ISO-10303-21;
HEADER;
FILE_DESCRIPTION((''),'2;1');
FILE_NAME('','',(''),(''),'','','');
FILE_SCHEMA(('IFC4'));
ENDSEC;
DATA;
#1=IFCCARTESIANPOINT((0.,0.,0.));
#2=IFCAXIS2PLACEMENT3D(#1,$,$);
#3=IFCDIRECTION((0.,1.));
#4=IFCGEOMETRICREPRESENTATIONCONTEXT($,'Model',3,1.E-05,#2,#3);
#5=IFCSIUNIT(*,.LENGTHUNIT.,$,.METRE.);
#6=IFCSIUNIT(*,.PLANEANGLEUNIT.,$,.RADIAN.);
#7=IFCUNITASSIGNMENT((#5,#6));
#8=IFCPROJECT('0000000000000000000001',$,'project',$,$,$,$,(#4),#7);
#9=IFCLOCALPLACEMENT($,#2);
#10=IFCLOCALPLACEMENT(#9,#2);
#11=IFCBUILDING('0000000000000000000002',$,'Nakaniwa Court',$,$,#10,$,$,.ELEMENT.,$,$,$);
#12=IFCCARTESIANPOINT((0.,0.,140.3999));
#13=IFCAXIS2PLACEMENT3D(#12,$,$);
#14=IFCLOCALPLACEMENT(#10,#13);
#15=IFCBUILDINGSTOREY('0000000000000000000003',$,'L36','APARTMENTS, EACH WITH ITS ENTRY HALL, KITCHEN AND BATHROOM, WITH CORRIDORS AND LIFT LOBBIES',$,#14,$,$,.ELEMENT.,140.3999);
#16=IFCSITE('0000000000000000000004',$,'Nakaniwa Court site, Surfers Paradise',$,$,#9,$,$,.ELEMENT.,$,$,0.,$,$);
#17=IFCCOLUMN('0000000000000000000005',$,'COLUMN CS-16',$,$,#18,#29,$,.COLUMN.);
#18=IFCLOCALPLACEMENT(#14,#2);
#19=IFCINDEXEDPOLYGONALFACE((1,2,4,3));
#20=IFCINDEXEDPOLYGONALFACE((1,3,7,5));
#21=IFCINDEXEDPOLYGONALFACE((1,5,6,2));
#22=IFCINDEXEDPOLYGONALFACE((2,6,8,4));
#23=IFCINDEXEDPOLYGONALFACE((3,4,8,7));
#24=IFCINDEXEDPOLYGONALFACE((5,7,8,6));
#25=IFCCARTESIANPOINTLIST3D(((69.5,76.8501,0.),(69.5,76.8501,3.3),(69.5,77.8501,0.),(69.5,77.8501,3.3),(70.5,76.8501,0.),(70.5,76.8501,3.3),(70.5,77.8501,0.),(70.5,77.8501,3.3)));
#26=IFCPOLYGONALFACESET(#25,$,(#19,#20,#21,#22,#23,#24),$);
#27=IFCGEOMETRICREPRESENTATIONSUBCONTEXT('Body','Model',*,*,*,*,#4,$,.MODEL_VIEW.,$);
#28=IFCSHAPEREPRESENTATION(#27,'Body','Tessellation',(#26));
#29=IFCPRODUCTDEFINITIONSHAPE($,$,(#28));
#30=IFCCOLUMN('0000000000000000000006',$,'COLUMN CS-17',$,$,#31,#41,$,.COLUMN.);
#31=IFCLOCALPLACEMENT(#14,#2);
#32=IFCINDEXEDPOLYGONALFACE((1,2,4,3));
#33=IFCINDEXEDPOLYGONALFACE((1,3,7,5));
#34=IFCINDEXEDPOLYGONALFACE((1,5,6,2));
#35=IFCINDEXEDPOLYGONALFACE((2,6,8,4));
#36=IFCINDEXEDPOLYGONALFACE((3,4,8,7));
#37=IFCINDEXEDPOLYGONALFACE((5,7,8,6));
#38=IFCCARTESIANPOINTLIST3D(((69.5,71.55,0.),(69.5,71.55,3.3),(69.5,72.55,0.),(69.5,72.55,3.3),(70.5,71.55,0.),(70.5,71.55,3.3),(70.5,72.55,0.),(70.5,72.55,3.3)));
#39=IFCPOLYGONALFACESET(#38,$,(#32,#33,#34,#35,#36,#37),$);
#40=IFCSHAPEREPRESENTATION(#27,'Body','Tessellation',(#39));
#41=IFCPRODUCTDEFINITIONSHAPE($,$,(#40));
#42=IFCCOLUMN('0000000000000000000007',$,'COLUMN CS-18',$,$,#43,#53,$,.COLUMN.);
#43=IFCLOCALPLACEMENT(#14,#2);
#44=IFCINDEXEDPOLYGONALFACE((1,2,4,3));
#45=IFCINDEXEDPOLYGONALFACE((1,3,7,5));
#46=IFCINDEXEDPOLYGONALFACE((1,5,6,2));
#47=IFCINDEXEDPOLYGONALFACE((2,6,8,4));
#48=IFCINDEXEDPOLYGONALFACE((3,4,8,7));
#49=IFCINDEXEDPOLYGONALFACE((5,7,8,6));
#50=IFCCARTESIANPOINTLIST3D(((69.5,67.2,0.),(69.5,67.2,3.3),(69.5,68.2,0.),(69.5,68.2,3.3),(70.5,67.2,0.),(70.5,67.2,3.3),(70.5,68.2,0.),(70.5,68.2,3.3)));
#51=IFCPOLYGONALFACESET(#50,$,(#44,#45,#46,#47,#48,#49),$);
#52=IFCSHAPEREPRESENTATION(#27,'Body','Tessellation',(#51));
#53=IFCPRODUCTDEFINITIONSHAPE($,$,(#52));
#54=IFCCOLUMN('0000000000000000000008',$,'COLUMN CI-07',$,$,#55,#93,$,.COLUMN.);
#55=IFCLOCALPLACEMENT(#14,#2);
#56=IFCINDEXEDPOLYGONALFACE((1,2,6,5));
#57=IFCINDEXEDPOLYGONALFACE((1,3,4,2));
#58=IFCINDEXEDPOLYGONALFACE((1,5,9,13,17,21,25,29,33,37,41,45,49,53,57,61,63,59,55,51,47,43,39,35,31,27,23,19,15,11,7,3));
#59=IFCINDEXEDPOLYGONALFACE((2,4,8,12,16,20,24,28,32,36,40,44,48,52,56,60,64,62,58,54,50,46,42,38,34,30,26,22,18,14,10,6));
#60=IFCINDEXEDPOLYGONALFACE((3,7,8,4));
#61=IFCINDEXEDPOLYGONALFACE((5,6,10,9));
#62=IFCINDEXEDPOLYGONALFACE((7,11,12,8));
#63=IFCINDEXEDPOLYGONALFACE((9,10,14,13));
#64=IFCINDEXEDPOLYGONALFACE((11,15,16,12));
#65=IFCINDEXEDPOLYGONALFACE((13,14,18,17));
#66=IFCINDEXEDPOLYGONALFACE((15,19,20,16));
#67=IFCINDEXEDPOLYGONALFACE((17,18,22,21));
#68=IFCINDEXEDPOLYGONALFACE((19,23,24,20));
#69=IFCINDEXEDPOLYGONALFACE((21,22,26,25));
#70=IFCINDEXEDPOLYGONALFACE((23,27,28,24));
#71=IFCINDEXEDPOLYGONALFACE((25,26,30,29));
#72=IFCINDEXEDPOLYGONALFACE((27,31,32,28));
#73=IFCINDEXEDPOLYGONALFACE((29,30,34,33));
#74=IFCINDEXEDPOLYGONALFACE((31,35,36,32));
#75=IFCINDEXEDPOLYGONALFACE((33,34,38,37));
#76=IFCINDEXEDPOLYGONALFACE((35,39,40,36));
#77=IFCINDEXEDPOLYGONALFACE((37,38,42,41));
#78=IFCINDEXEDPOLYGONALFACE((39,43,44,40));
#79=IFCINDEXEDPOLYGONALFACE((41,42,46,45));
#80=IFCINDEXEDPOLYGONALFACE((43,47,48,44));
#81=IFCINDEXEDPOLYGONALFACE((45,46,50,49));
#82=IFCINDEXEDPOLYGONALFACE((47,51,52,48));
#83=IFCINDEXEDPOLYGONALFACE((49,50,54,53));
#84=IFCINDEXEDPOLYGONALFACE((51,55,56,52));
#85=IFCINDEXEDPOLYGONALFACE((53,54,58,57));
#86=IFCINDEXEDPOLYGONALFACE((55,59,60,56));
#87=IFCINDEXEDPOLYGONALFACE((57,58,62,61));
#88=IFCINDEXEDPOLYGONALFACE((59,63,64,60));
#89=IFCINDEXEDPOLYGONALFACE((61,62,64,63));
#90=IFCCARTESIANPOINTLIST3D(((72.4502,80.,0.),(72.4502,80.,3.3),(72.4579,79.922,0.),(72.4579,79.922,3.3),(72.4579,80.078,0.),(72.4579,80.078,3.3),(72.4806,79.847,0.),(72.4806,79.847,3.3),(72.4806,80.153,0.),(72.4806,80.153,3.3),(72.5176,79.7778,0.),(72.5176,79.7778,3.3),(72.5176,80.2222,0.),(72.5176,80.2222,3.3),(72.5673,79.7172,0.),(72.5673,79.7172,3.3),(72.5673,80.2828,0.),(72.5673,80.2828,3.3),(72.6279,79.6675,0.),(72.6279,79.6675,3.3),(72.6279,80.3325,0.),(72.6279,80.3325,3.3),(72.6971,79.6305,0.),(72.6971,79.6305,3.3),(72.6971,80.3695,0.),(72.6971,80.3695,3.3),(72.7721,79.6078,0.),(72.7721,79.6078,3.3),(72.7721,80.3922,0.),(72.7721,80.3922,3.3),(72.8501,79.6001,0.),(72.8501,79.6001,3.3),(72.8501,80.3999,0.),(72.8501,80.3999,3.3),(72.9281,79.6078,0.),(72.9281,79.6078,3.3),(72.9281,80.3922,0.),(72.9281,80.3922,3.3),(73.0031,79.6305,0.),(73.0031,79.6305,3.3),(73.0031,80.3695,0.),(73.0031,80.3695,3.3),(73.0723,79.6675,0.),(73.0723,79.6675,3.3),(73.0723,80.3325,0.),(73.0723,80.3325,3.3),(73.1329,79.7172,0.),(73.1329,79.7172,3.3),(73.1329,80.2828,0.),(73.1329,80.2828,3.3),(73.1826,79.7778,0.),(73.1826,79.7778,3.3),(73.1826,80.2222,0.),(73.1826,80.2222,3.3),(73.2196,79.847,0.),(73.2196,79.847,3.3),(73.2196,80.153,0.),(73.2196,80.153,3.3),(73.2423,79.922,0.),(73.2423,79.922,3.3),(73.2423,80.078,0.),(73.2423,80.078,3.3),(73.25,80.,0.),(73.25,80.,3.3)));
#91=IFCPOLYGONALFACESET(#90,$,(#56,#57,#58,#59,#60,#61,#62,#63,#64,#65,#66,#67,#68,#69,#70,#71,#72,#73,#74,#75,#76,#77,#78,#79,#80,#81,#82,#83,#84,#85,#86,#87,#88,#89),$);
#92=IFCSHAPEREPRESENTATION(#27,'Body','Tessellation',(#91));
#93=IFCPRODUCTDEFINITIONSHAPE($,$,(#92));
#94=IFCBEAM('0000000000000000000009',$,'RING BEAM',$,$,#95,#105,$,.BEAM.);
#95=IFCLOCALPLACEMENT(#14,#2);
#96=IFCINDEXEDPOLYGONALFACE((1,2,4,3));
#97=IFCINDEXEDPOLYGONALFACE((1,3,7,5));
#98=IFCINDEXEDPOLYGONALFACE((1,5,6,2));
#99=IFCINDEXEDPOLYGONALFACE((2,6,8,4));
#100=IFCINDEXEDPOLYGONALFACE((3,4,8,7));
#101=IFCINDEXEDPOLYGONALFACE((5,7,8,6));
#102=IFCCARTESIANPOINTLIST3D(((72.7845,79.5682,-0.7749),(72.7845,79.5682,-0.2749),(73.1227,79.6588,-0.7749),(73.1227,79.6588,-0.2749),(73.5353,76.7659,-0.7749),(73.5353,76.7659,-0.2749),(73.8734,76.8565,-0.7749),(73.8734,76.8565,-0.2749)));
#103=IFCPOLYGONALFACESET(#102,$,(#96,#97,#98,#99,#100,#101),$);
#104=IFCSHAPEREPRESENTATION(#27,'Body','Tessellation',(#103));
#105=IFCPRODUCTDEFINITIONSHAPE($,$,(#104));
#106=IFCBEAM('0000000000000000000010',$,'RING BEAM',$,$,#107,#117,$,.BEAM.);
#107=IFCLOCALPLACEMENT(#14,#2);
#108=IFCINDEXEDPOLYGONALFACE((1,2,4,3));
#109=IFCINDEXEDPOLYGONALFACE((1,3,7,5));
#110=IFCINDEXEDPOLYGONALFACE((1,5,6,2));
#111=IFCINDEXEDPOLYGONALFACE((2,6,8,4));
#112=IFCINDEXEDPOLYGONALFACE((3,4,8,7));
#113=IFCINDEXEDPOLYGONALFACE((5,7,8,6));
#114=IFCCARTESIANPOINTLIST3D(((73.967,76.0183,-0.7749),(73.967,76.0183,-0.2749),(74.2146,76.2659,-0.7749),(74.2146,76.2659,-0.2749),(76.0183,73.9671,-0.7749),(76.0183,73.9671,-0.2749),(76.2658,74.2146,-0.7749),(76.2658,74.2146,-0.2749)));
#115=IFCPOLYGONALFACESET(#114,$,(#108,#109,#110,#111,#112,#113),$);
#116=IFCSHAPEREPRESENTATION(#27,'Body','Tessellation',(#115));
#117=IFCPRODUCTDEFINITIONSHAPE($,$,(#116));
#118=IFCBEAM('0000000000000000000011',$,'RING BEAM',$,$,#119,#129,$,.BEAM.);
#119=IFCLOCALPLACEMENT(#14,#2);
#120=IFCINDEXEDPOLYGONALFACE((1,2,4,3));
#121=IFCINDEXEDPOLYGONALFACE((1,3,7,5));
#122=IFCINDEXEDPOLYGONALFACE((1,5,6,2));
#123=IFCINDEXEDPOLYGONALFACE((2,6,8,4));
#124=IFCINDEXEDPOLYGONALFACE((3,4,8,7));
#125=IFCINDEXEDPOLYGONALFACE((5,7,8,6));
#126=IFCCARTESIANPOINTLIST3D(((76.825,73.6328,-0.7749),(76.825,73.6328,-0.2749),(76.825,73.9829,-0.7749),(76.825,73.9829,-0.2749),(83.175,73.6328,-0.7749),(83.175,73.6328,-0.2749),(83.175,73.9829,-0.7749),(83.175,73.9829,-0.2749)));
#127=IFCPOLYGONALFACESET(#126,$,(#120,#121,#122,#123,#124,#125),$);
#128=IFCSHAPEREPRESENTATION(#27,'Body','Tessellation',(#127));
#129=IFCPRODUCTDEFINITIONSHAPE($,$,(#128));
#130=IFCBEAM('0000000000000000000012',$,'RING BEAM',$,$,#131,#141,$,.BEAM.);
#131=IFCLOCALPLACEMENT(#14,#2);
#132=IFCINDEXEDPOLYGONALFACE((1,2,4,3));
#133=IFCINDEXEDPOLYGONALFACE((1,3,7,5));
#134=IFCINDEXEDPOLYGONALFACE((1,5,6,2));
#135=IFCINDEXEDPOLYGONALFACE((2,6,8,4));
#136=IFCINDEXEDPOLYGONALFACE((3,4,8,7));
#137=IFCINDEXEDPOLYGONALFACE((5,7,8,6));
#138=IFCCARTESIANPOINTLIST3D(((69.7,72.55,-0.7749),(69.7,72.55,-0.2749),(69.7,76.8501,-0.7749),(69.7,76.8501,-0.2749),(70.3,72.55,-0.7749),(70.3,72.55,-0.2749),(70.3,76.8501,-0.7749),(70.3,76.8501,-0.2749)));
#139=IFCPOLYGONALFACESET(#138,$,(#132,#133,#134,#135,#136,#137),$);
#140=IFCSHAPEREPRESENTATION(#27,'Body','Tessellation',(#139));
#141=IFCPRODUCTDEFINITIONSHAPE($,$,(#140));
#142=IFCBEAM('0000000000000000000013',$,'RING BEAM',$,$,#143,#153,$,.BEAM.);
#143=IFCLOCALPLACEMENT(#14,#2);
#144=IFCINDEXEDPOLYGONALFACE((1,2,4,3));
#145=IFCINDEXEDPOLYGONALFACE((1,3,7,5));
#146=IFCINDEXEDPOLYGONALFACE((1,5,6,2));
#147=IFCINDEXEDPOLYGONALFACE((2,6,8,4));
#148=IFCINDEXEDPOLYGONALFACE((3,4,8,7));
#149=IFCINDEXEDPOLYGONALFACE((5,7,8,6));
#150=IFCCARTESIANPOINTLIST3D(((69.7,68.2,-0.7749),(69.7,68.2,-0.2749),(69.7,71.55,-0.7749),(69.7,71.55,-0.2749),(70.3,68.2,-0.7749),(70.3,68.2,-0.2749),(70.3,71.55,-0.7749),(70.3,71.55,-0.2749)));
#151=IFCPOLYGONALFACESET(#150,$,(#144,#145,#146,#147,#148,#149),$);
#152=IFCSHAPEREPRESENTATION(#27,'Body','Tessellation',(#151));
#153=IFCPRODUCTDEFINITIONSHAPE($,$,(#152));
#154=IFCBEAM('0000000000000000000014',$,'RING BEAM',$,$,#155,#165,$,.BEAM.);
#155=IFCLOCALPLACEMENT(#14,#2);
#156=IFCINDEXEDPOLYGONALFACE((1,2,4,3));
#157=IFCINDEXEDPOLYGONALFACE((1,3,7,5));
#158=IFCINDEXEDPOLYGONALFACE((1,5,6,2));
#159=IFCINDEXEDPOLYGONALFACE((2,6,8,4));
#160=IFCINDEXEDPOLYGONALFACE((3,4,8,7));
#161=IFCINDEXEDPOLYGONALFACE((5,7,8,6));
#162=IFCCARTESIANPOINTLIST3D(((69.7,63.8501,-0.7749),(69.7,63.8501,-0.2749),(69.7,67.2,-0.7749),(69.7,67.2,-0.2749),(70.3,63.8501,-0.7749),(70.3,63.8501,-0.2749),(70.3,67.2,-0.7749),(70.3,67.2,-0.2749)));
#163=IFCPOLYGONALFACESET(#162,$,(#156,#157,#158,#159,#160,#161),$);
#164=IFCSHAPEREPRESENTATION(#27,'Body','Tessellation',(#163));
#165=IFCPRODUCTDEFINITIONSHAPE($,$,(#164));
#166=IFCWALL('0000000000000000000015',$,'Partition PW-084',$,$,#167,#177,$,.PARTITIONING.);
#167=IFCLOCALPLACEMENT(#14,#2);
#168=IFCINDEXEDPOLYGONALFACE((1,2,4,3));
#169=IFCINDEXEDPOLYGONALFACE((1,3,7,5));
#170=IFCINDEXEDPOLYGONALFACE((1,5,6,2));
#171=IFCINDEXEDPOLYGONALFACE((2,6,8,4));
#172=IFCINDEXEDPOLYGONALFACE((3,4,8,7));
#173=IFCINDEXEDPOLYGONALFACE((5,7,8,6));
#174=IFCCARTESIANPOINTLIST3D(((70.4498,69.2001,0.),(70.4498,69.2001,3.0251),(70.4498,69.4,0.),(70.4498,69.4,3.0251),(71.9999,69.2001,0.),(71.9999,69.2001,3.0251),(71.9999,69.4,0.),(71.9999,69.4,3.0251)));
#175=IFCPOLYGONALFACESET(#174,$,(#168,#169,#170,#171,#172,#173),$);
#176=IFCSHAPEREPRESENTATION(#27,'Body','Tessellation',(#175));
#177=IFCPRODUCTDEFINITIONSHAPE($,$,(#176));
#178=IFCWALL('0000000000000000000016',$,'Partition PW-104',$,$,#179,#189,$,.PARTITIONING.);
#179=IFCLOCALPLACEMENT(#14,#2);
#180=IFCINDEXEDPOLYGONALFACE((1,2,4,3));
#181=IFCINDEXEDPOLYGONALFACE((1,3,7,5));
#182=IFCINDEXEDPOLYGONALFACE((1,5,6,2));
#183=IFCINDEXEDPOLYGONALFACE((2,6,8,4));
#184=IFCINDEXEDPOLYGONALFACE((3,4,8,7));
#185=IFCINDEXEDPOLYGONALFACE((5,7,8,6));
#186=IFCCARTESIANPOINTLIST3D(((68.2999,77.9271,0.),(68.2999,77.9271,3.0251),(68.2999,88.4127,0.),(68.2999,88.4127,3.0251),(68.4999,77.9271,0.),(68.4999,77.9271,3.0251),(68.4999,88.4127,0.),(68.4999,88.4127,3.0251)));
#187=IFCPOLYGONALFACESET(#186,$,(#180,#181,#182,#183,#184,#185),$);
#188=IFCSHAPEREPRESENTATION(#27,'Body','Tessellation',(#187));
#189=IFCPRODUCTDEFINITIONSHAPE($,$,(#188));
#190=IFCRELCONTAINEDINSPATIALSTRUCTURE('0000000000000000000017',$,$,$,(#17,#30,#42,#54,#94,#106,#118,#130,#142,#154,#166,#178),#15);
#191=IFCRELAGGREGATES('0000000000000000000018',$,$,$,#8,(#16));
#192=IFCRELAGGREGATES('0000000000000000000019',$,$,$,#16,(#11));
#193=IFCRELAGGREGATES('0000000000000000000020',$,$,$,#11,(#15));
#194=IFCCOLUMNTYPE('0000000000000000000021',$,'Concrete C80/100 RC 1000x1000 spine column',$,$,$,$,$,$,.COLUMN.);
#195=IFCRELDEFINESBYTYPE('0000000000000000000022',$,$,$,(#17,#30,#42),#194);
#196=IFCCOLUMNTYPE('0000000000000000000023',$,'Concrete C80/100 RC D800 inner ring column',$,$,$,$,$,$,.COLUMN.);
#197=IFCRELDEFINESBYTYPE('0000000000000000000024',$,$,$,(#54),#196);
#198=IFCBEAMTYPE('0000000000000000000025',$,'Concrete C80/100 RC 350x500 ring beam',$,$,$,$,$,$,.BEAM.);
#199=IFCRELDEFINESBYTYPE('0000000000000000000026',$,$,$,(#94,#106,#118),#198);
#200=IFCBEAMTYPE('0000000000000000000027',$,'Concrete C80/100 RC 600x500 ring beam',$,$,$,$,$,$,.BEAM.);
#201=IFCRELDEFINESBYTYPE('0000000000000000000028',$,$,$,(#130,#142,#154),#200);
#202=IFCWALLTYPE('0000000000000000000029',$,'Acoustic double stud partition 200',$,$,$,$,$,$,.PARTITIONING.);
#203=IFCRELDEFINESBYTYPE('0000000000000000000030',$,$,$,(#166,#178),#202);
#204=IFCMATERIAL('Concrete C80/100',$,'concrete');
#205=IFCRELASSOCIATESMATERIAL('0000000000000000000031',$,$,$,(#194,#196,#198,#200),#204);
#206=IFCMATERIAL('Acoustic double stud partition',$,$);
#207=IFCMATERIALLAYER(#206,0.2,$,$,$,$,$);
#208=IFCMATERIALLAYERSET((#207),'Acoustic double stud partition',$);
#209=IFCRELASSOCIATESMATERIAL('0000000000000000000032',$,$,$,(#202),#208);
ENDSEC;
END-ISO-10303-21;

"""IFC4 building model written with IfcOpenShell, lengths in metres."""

from ifc_helpers import new_model, si_unit, direction, frame, frame_2d, origin, origin_2d, place, context, subcontext, project, spatial, rectangle, circle, extrude, material, layer, layer_set, material_profile, profile_set, type_object, element, save


model = new_model("IFC4")

# Units and contexts
model_context = context("Model", 3, precision=1e-05, world=origin(), true_north=direction((0.0, 1.0)))
body_context = subcontext(model_context, "Body", "Model", "MODEL_VIEW")
ifc_project = project(units=[si_unit("LENGTHUNIT", "METRE"), si_unit("PLANEANGLEUNIT", "RADIAN")], contexts=[model_context])

# Site, building, storey
site_placement = place(None, origin())
site = spatial("IfcSite", under=ifc_project, at=site_placement, Name="Nakaniwa Court site, Surfers Paradise", CompositionType="ELEMENT", RefElevation=0.0)
building_placement = place(site_placement, origin())
building = spatial("IfcBuilding", under=site, at=building_placement, Name="Nakaniwa Court", CompositionType="ELEMENT")
storey_placement = place(building_placement, frame((0.0, 0.0, 140.3999)))
storey = spatial("IfcBuildingStorey", under=building, at=storey_placement, Name="L36", Description="APARTMENTS, EACH WITH ITS ENTRY HALL, KITCHEN AND BATHROOM, WITH CORRIDORS AND LIFT LOBBIES", CompositionType="ELEMENT", Elevation=140.3999)

# Columns
ifc_material_1 = material(Name="Concrete C80/100", Category="concrete")
ifc_material_profile_1 = material_profile(ifc_material_1, rectangle(XDim=1.0, YDim=1.0, at=origin_2d()), Name="Concrete C80/100 RC 1000x1000 spine column")
ifc_profile_set_1 = profile_set([ifc_material_profile_1], Name="Concrete C80/100")
column_type_1 = type_object("IfcColumnType", Name="Concrete C80/100 RC 1000x1000 spine column", PredefinedType="COLUMN", material=ifc_profile_set_1)
for number, where, z_axis, x_axis, name in (
    (1, (70.0, 77.3501, 0.0), (0.0, 0.0, 1.0), (0.0, -1.0, 0.0), "COLUMN CS-16"),
    (2, (70.0, 72.05, 0.0), (0.0, 0.0, 1.0), (0.0, -1.0, 0.0), "COLUMN CS-17"),
    (3, (70.0, 67.7, 0.0), (0.0, 0.0, 1.0), (0.0, -1.0, 0.0), "COLUMN CS-18"),
):
    element("IfcColumn", number, at=place(storey_placement, frame(where, z_axis=z_axis, x_axis=x_axis)), inside=storey, type_object=column_type_1, Name=name, PredefinedType="COLUMN", context=body_context, shape_type="SweptSolid", body=[
        extrude(rectangle(XDim=1.0, YDim=1.0, at=origin_2d()), origin(), (0.0, 0.0, 1.0), 3.3),
    ])
ifc_material_profile_2 = material_profile(ifc_material_1, circle(Radius=0.3999, at=origin_2d()), Name="Concrete C80/100 RC D800 inner ring column")
ifc_profile_set_2 = profile_set([ifc_material_profile_2], Name="Concrete C80/100")
column_type_2 = type_object("IfcColumnType", Name="Concrete C80/100 RC D800 inner ring column", PredefinedType="COLUMN", material=ifc_profile_set_2)
for number, where, z_axis, x_axis, name in (
    (4, (72.8501, 80.0, 0.0), (0.0, 0.0, 1.0), (0.0, -1.0, 0.0), "COLUMN CI-07"),
):
    element("IfcColumn", number, at=place(storey_placement, frame(where, z_axis=z_axis, x_axis=x_axis)), inside=storey, type_object=column_type_2, Name=name, PredefinedType="COLUMN", context=body_context, shape_type="SweptSolid", body=[
        extrude(circle(Radius=0.3999, at=origin_2d()), origin(), (0.0, 0.0, 1.0), 3.3),
    ])

# Beams
ifc_material_profile_3 = material_profile(ifc_material_1, rectangle(XDim=0.3501, YDim=0.5, at=origin_2d()), Name="Concrete C80/100 RC 350x500 ring beam")
ifc_profile_set_3 = profile_set([ifc_material_profile_3], Name="Concrete C80/100")
beam_type_1 = type_object("IfcBeamType", Name="Concrete C80/100 RC 350x500 ring beam", PredefinedType="BEAM", material=ifc_profile_set_3)
beam_1_placement = place(storey_placement, frame((72.9536, 79.6135, -0.5249), z_axis=(0.258778, -0.965937, 0.0), x_axis=(0.965937, 0.258778, 0.0)))
element("IfcBeam", 5, at=beam_1_placement, inside=storey, type_object=beam_type_1, Name="RING BEAM", PredefinedType="BEAM", context=body_context, shape_type="SweptSolid", body=[
    extrude(rectangle(XDim=0.3501, YDim=0.5, at=origin_2d()), origin(), (0.0, 0.0, 1.0), 2.9011),
])
beam_2_placement = place(storey_placement, frame((74.0908, 76.1421, -0.5249), z_axis=(0.707107, -0.707107, 0.0), x_axis=(0.707107, 0.707107, 0.0)))
element("IfcBeam", 6, at=beam_2_placement, inside=storey, type_object=beam_type_1, Name="RING BEAM", PredefinedType="BEAM", context=body_context, shape_type="SweptSolid", body=[
    extrude(rectangle(XDim=0.3501, YDim=0.5, at=origin_2d()), origin(), (0.0, 0.0, 1.0), 2.9009),
])
beam_3_placement = place(storey_placement, frame((76.825, 73.8079, -0.5249), z_axis=(1.0, 0.0, 0.0), x_axis=(0.0, 1.0, 0.0)))
element("IfcBeam", 7, at=beam_3_placement, inside=storey, type_object=beam_type_1, Name="RING BEAM", PredefinedType="BEAM", context=body_context, shape_type="SweptSolid", body=[
    extrude(rectangle(XDim=0.3501, YDim=0.5, at=origin_2d()), origin(), (0.0, 0.0, 1.0), 6.3501),
])
ifc_material_profile_4 = material_profile(ifc_material_1, rectangle(XDim=0.6001, YDim=0.5, at=origin_2d()), Name="Concrete C80/100 RC 600x500 ring beam")
ifc_profile_set_4 = profile_set([ifc_material_profile_4], Name="Concrete C80/100")
beam_type_2 = type_object("IfcBeamType", Name="Concrete C80/100 RC 600x500 ring beam", PredefinedType="BEAM", material=ifc_profile_set_4)
beam_4_placement = place(storey_placement, frame((70.0, 76.8501, -0.5249), z_axis=(0.0, -1.0, 0.0), x_axis=(1.0, 0.0, 0.0)))
element("IfcBeam", 8, at=beam_4_placement, inside=storey, type_object=beam_type_2, Name="RING BEAM", PredefinedType="BEAM", context=body_context, shape_type="SweptSolid", body=[
    extrude(rectangle(XDim=0.6001, YDim=0.5, at=origin_2d()), origin(), (0.0, 0.0, 1.0), 4.3),
])
beam_5_placement = place(storey_placement, frame((70.0, 71.55, -0.5249), z_axis=(0.0, -1.0, 0.0), x_axis=(1.0, 0.0, 0.0)))
element("IfcBeam", 9, at=beam_5_placement, inside=storey, type_object=beam_type_2, Name="RING BEAM", PredefinedType="BEAM", context=body_context, shape_type="SweptSolid", body=[
    extrude(rectangle(XDim=0.6001, YDim=0.5, at=origin_2d()), origin(), (0.0, 0.0, 1.0), 3.3501),
])
beam_6_placement = place(storey_placement, frame((70.0, 67.2, -0.5249), z_axis=(0.0, -1.0, 0.0), x_axis=(1.0, 0.0, 0.0)))
element("IfcBeam", 10, at=beam_6_placement, inside=storey, type_object=beam_type_2, Name="RING BEAM", PredefinedType="BEAM", context=body_context, shape_type="SweptSolid", body=[
    extrude(rectangle(XDim=0.6001, YDim=0.5, at=origin_2d()), origin(), (0.0, 0.0, 1.0), 3.3499),
])

# Walls
ifc_material_2 = material(Name="Acoustic double stud partition")
ifc_layer_1 = layer(ifc_material_2, 0.2)
ifc_layer_set_1 = layer_set([ifc_layer_1], Name="Acoustic double stud partition")
wall_type_1 = type_object("IfcWallType", Name="Acoustic double stud partition 200", PredefinedType="PARTITIONING", material=ifc_layer_set_1)
wall_1_placement = place(storey_placement, frame((70.45, 69.3, 0.0), z_axis=(0.0, 0.0, 1.0), x_axis=(1.0, 0.0, 0.0)))
element("IfcWall", 11, at=wall_1_placement, inside=storey, type_object=wall_type_1, Name="Partition PW-084", PredefinedType="PARTITIONING", context=body_context, shape_type="SweptSolid", body=[
    extrude(rectangle(XDim=1.55, YDim=0.2, at=frame_2d((0.7749, 0.0))), origin(), (0.0, 0.0, 1.0), 3.0251),
])
wall_2_placement = place(storey_placement, frame((68.3999, 77.9272, 0.0), z_axis=(0.0, 0.0, 1.0), x_axis=(0.0, 1.0, 0.0)))
element("IfcWall", 12, at=wall_2_placement, inside=storey, type_object=wall_type_1, Name="Partition PW-104", PredefinedType="PARTITIONING", context=body_context, shape_type="SweptSolid", body=[
    extrude(rectangle(XDim=10.4856, YDim=0.2, at=frame_2d((5.2427, 0.0))), origin(), (0.0, 0.0, 1.0), 3.0251),
])

save(model, "model.ifc")
